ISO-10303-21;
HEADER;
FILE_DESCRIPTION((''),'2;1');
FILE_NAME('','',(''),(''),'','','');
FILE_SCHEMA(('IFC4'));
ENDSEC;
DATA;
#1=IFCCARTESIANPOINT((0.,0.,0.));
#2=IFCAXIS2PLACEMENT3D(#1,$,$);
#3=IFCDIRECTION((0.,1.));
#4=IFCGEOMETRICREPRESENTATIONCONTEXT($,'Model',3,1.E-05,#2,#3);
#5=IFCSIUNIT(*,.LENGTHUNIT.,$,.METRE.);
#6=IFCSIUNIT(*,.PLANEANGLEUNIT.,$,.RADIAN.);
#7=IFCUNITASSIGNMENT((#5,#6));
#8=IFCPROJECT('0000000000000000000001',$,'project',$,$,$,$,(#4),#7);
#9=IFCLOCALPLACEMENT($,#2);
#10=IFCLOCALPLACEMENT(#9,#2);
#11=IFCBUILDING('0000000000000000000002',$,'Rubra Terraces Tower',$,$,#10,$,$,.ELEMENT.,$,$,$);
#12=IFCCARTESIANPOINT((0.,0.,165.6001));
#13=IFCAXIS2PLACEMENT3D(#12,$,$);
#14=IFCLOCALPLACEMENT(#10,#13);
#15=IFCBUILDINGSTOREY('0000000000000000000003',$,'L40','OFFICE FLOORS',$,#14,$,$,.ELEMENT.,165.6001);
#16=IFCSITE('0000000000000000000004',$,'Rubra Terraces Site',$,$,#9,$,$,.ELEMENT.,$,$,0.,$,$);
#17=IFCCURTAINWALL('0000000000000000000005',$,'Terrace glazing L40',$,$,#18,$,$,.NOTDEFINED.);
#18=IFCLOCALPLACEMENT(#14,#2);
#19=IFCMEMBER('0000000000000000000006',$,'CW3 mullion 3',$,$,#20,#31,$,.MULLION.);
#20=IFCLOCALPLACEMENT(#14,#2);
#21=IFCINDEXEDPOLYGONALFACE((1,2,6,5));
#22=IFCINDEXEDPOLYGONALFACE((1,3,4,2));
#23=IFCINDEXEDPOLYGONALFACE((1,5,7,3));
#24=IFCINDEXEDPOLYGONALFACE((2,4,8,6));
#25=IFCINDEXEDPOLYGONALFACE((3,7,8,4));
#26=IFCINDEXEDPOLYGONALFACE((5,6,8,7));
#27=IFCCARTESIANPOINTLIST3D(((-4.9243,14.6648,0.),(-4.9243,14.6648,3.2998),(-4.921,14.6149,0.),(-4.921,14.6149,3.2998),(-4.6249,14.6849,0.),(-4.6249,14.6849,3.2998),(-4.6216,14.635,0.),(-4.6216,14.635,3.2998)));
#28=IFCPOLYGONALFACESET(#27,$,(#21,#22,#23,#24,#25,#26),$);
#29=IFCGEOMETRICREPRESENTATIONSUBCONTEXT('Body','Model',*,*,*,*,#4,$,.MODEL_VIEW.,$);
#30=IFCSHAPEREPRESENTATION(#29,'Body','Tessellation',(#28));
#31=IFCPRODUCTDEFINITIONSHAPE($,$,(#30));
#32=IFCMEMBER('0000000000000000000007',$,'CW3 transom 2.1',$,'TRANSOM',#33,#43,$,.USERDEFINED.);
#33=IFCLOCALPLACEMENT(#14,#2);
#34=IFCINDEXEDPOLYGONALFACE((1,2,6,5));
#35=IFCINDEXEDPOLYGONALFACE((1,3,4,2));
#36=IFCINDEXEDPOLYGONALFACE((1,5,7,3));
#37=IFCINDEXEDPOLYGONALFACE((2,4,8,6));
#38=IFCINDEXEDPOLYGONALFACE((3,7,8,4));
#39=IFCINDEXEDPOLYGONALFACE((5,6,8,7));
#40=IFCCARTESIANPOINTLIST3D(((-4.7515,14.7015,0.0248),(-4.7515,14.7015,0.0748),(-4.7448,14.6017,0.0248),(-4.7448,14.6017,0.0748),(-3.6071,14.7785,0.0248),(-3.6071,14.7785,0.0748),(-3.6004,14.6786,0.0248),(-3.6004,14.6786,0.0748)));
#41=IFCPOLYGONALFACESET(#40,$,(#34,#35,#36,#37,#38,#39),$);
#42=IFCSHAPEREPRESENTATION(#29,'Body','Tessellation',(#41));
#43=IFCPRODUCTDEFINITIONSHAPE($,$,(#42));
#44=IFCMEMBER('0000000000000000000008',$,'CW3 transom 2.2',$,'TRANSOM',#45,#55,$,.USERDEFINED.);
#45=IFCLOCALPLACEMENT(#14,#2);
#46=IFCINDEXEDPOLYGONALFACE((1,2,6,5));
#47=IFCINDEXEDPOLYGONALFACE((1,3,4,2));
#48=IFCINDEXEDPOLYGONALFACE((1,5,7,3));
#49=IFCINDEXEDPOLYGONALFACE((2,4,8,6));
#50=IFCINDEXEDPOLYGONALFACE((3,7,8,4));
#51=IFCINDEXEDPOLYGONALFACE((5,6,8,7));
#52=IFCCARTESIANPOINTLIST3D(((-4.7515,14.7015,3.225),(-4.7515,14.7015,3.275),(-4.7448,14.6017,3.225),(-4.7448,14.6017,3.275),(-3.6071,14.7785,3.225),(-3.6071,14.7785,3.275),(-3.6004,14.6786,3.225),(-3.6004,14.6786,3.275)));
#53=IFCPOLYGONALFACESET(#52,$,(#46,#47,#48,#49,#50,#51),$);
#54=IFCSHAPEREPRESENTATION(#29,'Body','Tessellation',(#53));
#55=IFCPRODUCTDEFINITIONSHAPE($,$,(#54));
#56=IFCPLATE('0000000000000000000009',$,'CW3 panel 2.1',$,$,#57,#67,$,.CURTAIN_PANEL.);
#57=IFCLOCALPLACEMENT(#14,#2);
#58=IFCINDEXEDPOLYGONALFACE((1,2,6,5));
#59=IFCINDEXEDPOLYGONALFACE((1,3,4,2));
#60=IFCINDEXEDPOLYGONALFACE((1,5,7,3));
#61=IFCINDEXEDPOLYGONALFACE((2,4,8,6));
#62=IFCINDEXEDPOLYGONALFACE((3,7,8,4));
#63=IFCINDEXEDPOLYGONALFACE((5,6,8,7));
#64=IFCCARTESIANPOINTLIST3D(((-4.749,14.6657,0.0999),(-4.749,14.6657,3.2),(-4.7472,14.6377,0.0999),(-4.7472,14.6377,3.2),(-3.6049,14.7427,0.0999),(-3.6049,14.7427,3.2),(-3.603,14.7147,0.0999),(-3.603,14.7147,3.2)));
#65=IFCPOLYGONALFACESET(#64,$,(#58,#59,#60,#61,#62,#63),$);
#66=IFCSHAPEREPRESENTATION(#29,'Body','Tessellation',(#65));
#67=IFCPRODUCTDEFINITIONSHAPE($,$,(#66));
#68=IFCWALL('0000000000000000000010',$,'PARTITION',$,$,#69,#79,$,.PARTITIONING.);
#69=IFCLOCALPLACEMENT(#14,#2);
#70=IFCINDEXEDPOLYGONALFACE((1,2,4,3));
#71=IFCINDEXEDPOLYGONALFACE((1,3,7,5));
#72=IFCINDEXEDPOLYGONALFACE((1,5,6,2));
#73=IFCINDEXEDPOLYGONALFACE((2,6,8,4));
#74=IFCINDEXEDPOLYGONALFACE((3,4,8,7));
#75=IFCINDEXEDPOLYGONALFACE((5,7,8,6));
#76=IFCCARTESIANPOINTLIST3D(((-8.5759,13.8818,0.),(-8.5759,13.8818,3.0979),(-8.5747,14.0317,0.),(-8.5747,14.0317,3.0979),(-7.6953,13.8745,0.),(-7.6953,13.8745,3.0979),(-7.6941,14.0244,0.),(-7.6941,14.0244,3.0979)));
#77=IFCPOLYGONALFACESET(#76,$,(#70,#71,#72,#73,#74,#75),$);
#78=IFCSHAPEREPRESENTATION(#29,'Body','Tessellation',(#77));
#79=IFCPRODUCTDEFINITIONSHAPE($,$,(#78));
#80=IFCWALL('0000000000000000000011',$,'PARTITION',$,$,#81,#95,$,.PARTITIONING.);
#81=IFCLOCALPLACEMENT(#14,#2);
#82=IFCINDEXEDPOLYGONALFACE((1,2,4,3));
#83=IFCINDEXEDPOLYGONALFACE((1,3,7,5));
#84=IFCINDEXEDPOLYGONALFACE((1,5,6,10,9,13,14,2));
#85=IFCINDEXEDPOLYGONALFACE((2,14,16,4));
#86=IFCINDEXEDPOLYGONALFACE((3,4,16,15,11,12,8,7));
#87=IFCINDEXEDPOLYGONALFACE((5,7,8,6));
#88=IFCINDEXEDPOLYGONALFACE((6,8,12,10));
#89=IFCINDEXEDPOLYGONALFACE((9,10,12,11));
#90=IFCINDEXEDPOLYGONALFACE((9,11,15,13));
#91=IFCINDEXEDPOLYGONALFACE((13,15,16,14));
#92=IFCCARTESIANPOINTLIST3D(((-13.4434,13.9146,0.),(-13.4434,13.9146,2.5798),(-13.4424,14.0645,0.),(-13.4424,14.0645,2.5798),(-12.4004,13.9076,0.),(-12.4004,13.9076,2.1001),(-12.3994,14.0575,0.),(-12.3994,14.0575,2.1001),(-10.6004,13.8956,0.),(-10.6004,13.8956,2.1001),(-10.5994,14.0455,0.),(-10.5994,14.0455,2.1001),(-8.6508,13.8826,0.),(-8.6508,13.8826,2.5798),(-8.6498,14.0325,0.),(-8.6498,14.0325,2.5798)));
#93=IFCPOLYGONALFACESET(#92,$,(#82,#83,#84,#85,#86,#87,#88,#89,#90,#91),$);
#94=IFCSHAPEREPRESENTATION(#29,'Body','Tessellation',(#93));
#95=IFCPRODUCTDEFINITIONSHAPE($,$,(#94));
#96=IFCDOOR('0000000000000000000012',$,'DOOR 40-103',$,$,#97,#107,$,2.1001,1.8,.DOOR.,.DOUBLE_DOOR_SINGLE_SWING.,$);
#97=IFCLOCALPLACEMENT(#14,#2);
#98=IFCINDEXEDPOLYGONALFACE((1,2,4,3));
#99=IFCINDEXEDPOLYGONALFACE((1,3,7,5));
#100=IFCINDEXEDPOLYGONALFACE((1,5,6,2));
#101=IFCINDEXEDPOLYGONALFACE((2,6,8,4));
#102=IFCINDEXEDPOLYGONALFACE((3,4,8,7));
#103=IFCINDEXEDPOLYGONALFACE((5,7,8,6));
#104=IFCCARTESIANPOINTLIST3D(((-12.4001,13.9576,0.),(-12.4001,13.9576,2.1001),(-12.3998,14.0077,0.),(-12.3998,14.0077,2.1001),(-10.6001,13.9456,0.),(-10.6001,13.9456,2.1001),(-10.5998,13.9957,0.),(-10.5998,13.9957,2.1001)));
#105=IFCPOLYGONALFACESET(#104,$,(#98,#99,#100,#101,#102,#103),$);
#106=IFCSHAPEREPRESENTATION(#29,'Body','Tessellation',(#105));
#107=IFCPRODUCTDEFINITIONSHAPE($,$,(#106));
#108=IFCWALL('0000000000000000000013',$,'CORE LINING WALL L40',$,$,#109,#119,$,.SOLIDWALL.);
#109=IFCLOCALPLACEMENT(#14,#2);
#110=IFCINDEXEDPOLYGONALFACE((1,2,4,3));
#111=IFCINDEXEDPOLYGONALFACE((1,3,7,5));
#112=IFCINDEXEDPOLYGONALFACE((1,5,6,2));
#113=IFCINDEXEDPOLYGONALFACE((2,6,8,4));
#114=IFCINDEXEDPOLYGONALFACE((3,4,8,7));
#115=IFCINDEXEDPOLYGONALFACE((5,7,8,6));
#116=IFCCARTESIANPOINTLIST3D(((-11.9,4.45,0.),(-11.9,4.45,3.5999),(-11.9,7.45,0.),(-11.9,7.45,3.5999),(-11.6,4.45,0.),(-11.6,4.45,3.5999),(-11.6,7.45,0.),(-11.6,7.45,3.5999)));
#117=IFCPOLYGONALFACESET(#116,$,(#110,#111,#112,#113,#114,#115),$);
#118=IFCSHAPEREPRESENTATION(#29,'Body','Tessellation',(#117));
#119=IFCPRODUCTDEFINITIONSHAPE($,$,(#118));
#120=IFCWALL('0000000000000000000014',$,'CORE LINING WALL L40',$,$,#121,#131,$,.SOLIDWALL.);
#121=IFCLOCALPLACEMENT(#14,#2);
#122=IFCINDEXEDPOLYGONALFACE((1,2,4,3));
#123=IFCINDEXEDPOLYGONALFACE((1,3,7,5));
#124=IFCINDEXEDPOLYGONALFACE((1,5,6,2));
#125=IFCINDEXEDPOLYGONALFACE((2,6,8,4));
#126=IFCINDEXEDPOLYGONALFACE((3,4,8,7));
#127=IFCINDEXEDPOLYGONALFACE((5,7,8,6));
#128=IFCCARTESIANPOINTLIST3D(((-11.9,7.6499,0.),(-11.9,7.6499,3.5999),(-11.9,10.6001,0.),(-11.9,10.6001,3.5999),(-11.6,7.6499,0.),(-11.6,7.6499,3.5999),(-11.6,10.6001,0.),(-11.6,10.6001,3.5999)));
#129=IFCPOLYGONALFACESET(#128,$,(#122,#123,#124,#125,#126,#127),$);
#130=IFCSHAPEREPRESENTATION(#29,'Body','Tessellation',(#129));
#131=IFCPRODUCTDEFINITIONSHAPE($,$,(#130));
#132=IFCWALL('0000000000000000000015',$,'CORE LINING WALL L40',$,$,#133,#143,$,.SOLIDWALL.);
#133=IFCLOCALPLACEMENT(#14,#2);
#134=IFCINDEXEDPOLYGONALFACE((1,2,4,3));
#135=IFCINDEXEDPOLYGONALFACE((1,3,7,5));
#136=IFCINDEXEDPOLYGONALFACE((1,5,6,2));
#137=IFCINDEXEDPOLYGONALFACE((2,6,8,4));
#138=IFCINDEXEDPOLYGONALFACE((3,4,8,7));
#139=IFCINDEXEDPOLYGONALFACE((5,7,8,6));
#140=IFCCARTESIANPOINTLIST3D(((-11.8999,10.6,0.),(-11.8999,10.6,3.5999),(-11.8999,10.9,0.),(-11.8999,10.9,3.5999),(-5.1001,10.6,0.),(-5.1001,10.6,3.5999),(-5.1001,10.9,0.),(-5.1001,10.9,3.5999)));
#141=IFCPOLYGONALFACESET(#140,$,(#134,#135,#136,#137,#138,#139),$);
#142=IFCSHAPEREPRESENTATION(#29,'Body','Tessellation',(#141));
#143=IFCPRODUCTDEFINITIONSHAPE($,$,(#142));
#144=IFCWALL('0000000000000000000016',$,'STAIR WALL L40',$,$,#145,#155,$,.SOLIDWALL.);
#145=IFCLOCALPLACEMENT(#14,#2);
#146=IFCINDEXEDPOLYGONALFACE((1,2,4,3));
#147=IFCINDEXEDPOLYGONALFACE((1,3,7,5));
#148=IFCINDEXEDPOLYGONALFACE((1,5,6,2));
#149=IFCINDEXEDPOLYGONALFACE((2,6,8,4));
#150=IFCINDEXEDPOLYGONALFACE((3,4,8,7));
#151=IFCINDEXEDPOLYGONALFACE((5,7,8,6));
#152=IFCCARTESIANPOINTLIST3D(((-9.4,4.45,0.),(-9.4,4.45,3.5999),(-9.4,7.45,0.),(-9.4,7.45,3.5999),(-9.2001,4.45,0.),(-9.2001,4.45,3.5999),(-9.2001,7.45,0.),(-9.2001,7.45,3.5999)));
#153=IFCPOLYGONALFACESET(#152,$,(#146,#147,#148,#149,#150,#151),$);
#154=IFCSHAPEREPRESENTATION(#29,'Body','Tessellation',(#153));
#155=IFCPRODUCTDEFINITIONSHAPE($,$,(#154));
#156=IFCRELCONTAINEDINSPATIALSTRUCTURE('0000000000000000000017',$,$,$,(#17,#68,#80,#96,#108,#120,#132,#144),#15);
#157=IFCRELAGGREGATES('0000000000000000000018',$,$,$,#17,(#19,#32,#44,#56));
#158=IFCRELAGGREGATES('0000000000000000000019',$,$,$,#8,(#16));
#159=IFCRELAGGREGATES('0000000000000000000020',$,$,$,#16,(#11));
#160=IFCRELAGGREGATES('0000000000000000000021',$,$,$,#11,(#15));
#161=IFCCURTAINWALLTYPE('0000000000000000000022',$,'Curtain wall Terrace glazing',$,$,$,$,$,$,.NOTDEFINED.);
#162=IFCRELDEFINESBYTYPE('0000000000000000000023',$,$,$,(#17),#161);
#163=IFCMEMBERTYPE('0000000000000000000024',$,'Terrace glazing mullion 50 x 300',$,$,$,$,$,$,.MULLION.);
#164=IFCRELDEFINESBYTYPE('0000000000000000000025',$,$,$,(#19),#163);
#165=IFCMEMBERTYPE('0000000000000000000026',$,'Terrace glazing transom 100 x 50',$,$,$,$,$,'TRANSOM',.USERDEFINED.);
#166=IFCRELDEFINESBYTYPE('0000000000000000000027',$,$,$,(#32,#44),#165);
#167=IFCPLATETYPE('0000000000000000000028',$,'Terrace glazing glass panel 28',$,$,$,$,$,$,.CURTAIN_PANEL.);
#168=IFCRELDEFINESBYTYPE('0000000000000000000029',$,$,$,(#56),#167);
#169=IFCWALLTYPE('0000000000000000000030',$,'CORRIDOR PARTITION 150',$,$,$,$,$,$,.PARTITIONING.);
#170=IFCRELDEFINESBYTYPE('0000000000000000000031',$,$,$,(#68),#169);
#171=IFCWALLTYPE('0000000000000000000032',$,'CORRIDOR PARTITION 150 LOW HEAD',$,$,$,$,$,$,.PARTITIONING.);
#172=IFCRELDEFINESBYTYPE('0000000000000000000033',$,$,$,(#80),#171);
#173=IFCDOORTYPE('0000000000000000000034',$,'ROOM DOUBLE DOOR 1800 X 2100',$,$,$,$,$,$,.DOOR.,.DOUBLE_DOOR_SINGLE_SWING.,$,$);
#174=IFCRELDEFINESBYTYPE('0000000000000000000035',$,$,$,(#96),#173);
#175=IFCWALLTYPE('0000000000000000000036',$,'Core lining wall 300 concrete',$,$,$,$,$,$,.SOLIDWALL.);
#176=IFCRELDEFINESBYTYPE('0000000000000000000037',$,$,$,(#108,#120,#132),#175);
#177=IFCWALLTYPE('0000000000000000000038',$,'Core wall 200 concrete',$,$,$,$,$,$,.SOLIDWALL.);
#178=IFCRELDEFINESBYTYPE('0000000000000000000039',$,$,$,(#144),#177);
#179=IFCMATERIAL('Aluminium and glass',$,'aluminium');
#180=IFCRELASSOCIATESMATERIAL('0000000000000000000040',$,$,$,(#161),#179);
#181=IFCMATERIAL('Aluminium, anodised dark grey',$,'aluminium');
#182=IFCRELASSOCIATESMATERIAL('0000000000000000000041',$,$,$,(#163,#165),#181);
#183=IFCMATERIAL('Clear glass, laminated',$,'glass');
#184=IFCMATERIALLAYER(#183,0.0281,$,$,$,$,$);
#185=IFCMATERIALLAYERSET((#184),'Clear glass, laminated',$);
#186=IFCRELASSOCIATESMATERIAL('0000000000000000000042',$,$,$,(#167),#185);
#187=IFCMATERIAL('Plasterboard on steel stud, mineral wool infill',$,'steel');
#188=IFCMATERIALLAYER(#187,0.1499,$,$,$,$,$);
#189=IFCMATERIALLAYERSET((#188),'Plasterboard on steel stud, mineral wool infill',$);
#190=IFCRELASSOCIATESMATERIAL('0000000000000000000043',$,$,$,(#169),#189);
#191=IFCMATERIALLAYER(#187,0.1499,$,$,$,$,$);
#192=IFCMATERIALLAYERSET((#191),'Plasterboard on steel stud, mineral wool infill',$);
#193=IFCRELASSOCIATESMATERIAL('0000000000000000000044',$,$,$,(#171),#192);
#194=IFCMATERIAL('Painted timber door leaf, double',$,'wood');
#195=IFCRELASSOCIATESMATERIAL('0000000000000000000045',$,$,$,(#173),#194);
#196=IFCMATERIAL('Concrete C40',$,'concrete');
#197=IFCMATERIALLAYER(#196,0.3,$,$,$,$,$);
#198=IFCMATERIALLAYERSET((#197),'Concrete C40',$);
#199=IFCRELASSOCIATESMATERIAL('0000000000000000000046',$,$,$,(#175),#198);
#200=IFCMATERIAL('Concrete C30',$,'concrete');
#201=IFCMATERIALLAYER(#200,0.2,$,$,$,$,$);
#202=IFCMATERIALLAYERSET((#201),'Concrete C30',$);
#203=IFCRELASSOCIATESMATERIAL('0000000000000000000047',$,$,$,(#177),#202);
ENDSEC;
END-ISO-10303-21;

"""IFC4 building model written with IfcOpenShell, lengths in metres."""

from ifc_helpers import new_model, si_unit, direction, frame, frame_2d, origin, origin_2d, place, context, subcontext, project, spatial, rectangle, extrude, material, layer, layer_set, material_profile, profile_set, type_object, element, fill, aggregate, save


model = new_model("IFC4")

# Units and contexts
model_context = context("Model", 3, precision=1e-05, world=origin(), true_north=direction((0.0, 1.0)))
body_context = subcontext(model_context, "Body", "Model", "MODEL_VIEW")
ifc_project = project(units=[si_unit("LENGTHUNIT", "METRE"), si_unit("PLANEANGLEUNIT", "RADIAN")], contexts=[model_context])

# Site, building, storey
site_placement = place(None, origin())
site = spatial("IfcSite", under=ifc_project, at=site_placement, Name="Rubra Terraces Site", CompositionType="ELEMENT", RefElevation=0.0)
building_placement = place(site_placement, origin())
building = spatial("IfcBuilding", under=site, at=building_placement, Name="Rubra Terraces Tower", CompositionType="ELEMENT")
storey_placement = place(building_placement, frame((0.0, 0.0, 165.6001)))
storey = spatial("IfcBuildingStorey", under=building, at=storey_placement, Name="L40", Description="OFFICE FLOORS", CompositionType="ELEMENT", Elevation=165.6001)

# Curtain wall, members, plate
ifc_material_1 = material(Name="Aluminium and glass", Category="aluminium")
curtain_wall_type = type_object("IfcCurtainWallType", Name="Curtain wall Terrace glazing", PredefinedType="NOTDEFINED", material=ifc_material_1)
curtain_wall_placement = place(storey_placement, origin())
curtain_wall = element("IfcCurtainWall", 1, at=curtain_wall_placement, inside=storey, type_object=curtain_wall_type, Name="Terrace glazing L40", PredefinedType="NOTDEFINED")
ifc_material_2 = material(Name="Aluminium, anodised dark grey", Category="aluminium")
ifc_material_profile_1 = material_profile(ifc_material_2, rectangle(XDim=0.05, YDim=0.3, at=origin_2d()), Name="AL 50x300")
ifc_profile_set_1 = profile_set([ifc_material_profile_1], Name="Aluminium, anodised dark grey")
member_type_1 = type_object("IfcMemberType", Name="Terrace glazing mullion 50 x 300", PredefinedType="MULLION", material=ifc_profile_set_1)
member_1_placement = place(storey_placement, frame((-4.7729, 14.6499, 0.0), z_axis=(0.0, 0.0, 1.0), x_axis=(0.067117, -0.997745, 0.0)))
member_1 = element("IfcMember", 2, at=member_1_placement, type_object=member_type_1, Name="CW3 mullion 3", PredefinedType="MULLION", context=body_context, shape_type="SweptSolid", body=[
    extrude(rectangle(XDim=0.05, YDim=0.3, at=origin_2d()), origin(), (0.0, 0.0, 1.0), 3.2998),
])
ifc_material_profile_2 = material_profile(ifc_material_2, rectangle(XDim=0.1001, YDim=0.05, at=origin_2d()), Name="AL 100x50")
ifc_profile_set_2 = profile_set([ifc_material_profile_2], Name="Aluminium, anodised dark grey")
member_type_2 = type_object("IfcMemberType", Name="Terrace glazing transom 100 x 50", ElementType="TRANSOM", PredefinedType="USERDEFINED", material=ifc_profile_set_2)
member_2_placement = place(storey_placement, frame((-3.6038, 14.7285, 0.0498), z_axis=(-0.997749, -0.067056, 0.0), x_axis=(0.067056, -0.997749, 0.0)))
member_2 = element("IfcMember", 3, at=member_2_placement, type_object=member_type_2, Name="CW3 transom 2.1", ObjectType="TRANSOM", PredefinedType="USERDEFINED", context=body_context, shape_type="SweptSolid", body=[
    extrude(rectangle(XDim=0.1001, YDim=0.05, at=origin_2d()), origin(), (0.0, 0.0, 1.0), 1.147),
])
member_3_placement = place(storey_placement, frame((-3.6038, 14.7285, 3.25), z_axis=(-0.997749, -0.067056, 0.0), x_axis=(0.067056, -0.997749, 0.0)))
member_3 = element("IfcMember", 4, at=member_3_placement, type_object=member_type_2, Name="CW3 transom 2.2", ObjectType="TRANSOM", PredefinedType="USERDEFINED", context=body_context, shape_type="SweptSolid", body=[
    extrude(rectangle(XDim=0.1001, YDim=0.05, at=origin_2d()), origin(), (0.0, 0.0, 1.0), 1.147),
])
ifc_material_3 = material(Name="Clear glass, laminated", Category="glass")
ifc_layer_1 = layer(ifc_material_3, 0.0281)
ifc_layer_set_1 = layer_set([ifc_layer_1], Name="Clear glass, laminated")
plate_type = type_object("IfcPlateType", Name="Terrace glazing glass panel 28", PredefinedType="CURTAIN_PANEL", material=ifc_layer_set_1)
plate_placement = place(storey_placement, frame((-4.176, 14.6902, 0.0999), z_axis=(0.0, 0.0, 1.0), x_axis=(-0.997745, -0.067117, 0.0)))
plate = element("IfcPlate", 5, at=plate_placement, type_object=plate_type, Name="CW3 panel 2.1", PredefinedType="CURTAIN_PANEL", context=body_context, shape_type="SweptSolid", body=[
    extrude(rectangle(XDim=1.1467, YDim=0.0281, at=origin_2d()), origin(), (0.0, 0.0, 1.0), 3.1001),
])
aggregate(curtain_wall, [member_1, member_2, member_3, plate])

# Wall
ifc_material_4 = material(Name="Plasterboard on steel stud, mineral wool infill", Category="steel")
ifc_layer_2 = layer(ifc_material_4, 0.1499)
ifc_layer_set_2 = layer_set([ifc_layer_2], Name="Plasterboard on steel stud, mineral wool infill")
wall_type_1 = type_object("IfcWallType", Name="CORRIDOR PARTITION 150", PredefinedType="PARTITIONING", material=ifc_layer_set_2)
wall_1_placement = place(storey_placement, frame((-7.6946, 13.9495, 0.0), z_axis=(0.0, 0.0, 1.0), x_axis=(-0.999965, 0.008317, 0.0)))
element("IfcWall", 6, at=wall_1_placement, inside=storey, type_object=wall_type_1, Name="PARTITION", PredefinedType="PARTITIONING", context=body_context, shape_type="SweptSolid", body=[
    extrude(rectangle(XDim=0.8806, YDim=0.1499, at=frame_2d((0.4404, 0.0))), origin(), (0.0, 0.0, 1.0), 3.0979),
])

# Wall, opening, door
ifc_layer_3 = layer(ifc_material_4, 0.1499)
ifc_layer_set_3 = layer_set([ifc_layer_3], Name="Plasterboard on steel stud, mineral wool infill")
wall_type_2 = type_object("IfcWallType", Name="CORRIDOR PARTITION 150 LOW HEAD", PredefinedType="PARTITIONING", material=ifc_layer_set_3)
wall_2_placement = place(storey_placement, frame((-8.6501, 13.9575, 0.0), z_axis=(0.0, 0.0, 1.0), x_axis=(-0.999978, 0.006673, 0.0)))
wall_2 = element("IfcWall", 7, at=wall_2_placement, inside=storey, type_object=wall_type_2, Name="PARTITION", PredefinedType="PARTITIONING", context=body_context, shape_type="SweptSolid", body=[
    extrude(rectangle(XDim=4.7927, YDim=0.1499, at=frame_2d((2.3965, 0.0))), origin(), (0.0, 0.0, 1.0), 2.5798),
])
opening_1_placement = place(wall_2_placement, frame((1.95, 0.0, 0.0)))
opening_1 = element("IfcOpeningElement", 8, at=opening_1_placement, cuts=wall_2, PredefinedType="OPENING", context=body_context, shape_type="SweptSolid", body=[
    extrude(rectangle(XDim=1.8, YDim=2.1001, at=frame_2d((0.8999, 1.05))), frame((0.0, 0.085, 0.0), z_axis=(0.0, -1.0, 0.0), x_axis=(1.0, 0.0, 0.0)), (0.0, 0.0, 1.0), 0.1699),
])
ifc_material_5 = material(Name="Painted timber door leaf, double", Category="wood")
door_type_1 = type_object("IfcDoorType", Name="ROOM DOUBLE DOOR 1800 X 2100", OperationType="DOUBLE_DOOR_SINGLE_SWING", PredefinedType="DOOR", material=ifc_material_5)
door_1_placement = place(opening_1_placement, origin())
door_1 = element("IfcDoor", 9, at=door_1_placement, inside=storey, type_object=door_type_1, Name="DOOR 40-103", OperationType="DOUBLE_DOOR_SINGLE_SWING", OverallHeight=2.1001, OverallWidth=1.8, PredefinedType="DOOR", context=body_context, shape_type="SweptSolid", body=[
    extrude(rectangle(XDim=1.8, YDim=2.1001, at=frame_2d((0.8999, 1.05))), frame((0.0, 0.0249, 0.0), z_axis=(0.0, -1.0, 0.0), x_axis=(1.0, 0.0, 0.0)), (0.0, 0.0, 1.0), 0.05),
])
fill(opening_1, door_1)

# Walls
ifc_material_6 = material(Name="Concrete C40", Category="concrete")
ifc_layer_4 = layer(ifc_material_6, 0.3)
ifc_layer_set_4 = layer_set([ifc_layer_4], Name="Concrete C40")
wall_type_3 = type_object("IfcWallType", Name="Core lining wall 300 concrete", PredefinedType="SOLIDWALL", material=ifc_layer_set_4)
wall_3_placement = place(storey_placement, frame((-11.75, 4.45, 0.0), z_axis=(0.0, 0.0, 1.0), x_axis=(0.0, 1.0, 0.0)))
element("IfcWall", 10, at=wall_3_placement, inside=storey, type_object=wall_type_3, Name="CORE LINING WALL L40", PredefinedType="SOLIDWALL", context=body_context, shape_type="SweptSolid", body=[
    extrude(rectangle(XDim=3.0, YDim=0.3, at=frame_2d((1.5, 0.0))), origin(), (0.0, 0.0, 1.0), 3.5999),
])
wall_4_placement = place(storey_placement, frame((-11.75, 7.6499, 0.0), z_axis=(0.0, 0.0, 1.0), x_axis=(0.0, 1.0, 0.0)))
element("IfcWall", 11, at=wall_4_placement, inside=storey, type_object=wall_type_3, Name="CORE LINING WALL L40", PredefinedType="SOLIDWALL", context=body_context, shape_type="SweptSolid", body=[
    extrude(rectangle(XDim=2.9502, YDim=0.3, at=frame_2d((1.4751, 0.0))), origin(), (0.0, 0.0, 1.0), 3.5999),
])
wall_5_placement = place(storey_placement, frame((-11.8999, 10.75, 0.0), z_axis=(0.0, 0.0, 1.0), x_axis=(1.0, 0.0, 0.0)))
element("IfcWall", 12, at=wall_5_placement, inside=storey, type_object=wall_type_3, Name="CORE LINING WALL L40", PredefinedType="SOLIDWALL", context=body_context, shape_type="SweptSolid", body=[
    extrude(rectangle(XDim=6.7998, YDim=0.3, at=frame_2d((3.3999, 0.0))), origin(), (0.0, 0.0, 1.0), 3.5999),
])
ifc_material_7 = material(Name="Concrete C30", Category="concrete")
ifc_layer_5 = layer(ifc_material_7, 0.2)
ifc_layer_set_5 = layer_set([ifc_layer_5], Name="Concrete C30")
wall_type_4 = type_object("IfcWallType", Name="Core wall 200 concrete", PredefinedType="SOLIDWALL", material=ifc_layer_set_5)
wall_6_placement = place(storey_placement, frame((-9.3, 4.45, 0.0), z_axis=(0.0, 0.0, 1.0), x_axis=(0.0, 1.0, 0.0)))
element("IfcWall", 13, at=wall_6_placement, inside=storey, type_object=wall_type_4, Name="STAIR WALL L40", PredefinedType="SOLIDWALL", context=body_context, shape_type="SweptSolid", body=[
    extrude(rectangle(XDim=3.0, YDim=0.2, at=frame_2d((1.5, 0.0))), origin(), (0.0, 0.0, 1.0), 3.5999),
])

save(model, "model.ifc")
